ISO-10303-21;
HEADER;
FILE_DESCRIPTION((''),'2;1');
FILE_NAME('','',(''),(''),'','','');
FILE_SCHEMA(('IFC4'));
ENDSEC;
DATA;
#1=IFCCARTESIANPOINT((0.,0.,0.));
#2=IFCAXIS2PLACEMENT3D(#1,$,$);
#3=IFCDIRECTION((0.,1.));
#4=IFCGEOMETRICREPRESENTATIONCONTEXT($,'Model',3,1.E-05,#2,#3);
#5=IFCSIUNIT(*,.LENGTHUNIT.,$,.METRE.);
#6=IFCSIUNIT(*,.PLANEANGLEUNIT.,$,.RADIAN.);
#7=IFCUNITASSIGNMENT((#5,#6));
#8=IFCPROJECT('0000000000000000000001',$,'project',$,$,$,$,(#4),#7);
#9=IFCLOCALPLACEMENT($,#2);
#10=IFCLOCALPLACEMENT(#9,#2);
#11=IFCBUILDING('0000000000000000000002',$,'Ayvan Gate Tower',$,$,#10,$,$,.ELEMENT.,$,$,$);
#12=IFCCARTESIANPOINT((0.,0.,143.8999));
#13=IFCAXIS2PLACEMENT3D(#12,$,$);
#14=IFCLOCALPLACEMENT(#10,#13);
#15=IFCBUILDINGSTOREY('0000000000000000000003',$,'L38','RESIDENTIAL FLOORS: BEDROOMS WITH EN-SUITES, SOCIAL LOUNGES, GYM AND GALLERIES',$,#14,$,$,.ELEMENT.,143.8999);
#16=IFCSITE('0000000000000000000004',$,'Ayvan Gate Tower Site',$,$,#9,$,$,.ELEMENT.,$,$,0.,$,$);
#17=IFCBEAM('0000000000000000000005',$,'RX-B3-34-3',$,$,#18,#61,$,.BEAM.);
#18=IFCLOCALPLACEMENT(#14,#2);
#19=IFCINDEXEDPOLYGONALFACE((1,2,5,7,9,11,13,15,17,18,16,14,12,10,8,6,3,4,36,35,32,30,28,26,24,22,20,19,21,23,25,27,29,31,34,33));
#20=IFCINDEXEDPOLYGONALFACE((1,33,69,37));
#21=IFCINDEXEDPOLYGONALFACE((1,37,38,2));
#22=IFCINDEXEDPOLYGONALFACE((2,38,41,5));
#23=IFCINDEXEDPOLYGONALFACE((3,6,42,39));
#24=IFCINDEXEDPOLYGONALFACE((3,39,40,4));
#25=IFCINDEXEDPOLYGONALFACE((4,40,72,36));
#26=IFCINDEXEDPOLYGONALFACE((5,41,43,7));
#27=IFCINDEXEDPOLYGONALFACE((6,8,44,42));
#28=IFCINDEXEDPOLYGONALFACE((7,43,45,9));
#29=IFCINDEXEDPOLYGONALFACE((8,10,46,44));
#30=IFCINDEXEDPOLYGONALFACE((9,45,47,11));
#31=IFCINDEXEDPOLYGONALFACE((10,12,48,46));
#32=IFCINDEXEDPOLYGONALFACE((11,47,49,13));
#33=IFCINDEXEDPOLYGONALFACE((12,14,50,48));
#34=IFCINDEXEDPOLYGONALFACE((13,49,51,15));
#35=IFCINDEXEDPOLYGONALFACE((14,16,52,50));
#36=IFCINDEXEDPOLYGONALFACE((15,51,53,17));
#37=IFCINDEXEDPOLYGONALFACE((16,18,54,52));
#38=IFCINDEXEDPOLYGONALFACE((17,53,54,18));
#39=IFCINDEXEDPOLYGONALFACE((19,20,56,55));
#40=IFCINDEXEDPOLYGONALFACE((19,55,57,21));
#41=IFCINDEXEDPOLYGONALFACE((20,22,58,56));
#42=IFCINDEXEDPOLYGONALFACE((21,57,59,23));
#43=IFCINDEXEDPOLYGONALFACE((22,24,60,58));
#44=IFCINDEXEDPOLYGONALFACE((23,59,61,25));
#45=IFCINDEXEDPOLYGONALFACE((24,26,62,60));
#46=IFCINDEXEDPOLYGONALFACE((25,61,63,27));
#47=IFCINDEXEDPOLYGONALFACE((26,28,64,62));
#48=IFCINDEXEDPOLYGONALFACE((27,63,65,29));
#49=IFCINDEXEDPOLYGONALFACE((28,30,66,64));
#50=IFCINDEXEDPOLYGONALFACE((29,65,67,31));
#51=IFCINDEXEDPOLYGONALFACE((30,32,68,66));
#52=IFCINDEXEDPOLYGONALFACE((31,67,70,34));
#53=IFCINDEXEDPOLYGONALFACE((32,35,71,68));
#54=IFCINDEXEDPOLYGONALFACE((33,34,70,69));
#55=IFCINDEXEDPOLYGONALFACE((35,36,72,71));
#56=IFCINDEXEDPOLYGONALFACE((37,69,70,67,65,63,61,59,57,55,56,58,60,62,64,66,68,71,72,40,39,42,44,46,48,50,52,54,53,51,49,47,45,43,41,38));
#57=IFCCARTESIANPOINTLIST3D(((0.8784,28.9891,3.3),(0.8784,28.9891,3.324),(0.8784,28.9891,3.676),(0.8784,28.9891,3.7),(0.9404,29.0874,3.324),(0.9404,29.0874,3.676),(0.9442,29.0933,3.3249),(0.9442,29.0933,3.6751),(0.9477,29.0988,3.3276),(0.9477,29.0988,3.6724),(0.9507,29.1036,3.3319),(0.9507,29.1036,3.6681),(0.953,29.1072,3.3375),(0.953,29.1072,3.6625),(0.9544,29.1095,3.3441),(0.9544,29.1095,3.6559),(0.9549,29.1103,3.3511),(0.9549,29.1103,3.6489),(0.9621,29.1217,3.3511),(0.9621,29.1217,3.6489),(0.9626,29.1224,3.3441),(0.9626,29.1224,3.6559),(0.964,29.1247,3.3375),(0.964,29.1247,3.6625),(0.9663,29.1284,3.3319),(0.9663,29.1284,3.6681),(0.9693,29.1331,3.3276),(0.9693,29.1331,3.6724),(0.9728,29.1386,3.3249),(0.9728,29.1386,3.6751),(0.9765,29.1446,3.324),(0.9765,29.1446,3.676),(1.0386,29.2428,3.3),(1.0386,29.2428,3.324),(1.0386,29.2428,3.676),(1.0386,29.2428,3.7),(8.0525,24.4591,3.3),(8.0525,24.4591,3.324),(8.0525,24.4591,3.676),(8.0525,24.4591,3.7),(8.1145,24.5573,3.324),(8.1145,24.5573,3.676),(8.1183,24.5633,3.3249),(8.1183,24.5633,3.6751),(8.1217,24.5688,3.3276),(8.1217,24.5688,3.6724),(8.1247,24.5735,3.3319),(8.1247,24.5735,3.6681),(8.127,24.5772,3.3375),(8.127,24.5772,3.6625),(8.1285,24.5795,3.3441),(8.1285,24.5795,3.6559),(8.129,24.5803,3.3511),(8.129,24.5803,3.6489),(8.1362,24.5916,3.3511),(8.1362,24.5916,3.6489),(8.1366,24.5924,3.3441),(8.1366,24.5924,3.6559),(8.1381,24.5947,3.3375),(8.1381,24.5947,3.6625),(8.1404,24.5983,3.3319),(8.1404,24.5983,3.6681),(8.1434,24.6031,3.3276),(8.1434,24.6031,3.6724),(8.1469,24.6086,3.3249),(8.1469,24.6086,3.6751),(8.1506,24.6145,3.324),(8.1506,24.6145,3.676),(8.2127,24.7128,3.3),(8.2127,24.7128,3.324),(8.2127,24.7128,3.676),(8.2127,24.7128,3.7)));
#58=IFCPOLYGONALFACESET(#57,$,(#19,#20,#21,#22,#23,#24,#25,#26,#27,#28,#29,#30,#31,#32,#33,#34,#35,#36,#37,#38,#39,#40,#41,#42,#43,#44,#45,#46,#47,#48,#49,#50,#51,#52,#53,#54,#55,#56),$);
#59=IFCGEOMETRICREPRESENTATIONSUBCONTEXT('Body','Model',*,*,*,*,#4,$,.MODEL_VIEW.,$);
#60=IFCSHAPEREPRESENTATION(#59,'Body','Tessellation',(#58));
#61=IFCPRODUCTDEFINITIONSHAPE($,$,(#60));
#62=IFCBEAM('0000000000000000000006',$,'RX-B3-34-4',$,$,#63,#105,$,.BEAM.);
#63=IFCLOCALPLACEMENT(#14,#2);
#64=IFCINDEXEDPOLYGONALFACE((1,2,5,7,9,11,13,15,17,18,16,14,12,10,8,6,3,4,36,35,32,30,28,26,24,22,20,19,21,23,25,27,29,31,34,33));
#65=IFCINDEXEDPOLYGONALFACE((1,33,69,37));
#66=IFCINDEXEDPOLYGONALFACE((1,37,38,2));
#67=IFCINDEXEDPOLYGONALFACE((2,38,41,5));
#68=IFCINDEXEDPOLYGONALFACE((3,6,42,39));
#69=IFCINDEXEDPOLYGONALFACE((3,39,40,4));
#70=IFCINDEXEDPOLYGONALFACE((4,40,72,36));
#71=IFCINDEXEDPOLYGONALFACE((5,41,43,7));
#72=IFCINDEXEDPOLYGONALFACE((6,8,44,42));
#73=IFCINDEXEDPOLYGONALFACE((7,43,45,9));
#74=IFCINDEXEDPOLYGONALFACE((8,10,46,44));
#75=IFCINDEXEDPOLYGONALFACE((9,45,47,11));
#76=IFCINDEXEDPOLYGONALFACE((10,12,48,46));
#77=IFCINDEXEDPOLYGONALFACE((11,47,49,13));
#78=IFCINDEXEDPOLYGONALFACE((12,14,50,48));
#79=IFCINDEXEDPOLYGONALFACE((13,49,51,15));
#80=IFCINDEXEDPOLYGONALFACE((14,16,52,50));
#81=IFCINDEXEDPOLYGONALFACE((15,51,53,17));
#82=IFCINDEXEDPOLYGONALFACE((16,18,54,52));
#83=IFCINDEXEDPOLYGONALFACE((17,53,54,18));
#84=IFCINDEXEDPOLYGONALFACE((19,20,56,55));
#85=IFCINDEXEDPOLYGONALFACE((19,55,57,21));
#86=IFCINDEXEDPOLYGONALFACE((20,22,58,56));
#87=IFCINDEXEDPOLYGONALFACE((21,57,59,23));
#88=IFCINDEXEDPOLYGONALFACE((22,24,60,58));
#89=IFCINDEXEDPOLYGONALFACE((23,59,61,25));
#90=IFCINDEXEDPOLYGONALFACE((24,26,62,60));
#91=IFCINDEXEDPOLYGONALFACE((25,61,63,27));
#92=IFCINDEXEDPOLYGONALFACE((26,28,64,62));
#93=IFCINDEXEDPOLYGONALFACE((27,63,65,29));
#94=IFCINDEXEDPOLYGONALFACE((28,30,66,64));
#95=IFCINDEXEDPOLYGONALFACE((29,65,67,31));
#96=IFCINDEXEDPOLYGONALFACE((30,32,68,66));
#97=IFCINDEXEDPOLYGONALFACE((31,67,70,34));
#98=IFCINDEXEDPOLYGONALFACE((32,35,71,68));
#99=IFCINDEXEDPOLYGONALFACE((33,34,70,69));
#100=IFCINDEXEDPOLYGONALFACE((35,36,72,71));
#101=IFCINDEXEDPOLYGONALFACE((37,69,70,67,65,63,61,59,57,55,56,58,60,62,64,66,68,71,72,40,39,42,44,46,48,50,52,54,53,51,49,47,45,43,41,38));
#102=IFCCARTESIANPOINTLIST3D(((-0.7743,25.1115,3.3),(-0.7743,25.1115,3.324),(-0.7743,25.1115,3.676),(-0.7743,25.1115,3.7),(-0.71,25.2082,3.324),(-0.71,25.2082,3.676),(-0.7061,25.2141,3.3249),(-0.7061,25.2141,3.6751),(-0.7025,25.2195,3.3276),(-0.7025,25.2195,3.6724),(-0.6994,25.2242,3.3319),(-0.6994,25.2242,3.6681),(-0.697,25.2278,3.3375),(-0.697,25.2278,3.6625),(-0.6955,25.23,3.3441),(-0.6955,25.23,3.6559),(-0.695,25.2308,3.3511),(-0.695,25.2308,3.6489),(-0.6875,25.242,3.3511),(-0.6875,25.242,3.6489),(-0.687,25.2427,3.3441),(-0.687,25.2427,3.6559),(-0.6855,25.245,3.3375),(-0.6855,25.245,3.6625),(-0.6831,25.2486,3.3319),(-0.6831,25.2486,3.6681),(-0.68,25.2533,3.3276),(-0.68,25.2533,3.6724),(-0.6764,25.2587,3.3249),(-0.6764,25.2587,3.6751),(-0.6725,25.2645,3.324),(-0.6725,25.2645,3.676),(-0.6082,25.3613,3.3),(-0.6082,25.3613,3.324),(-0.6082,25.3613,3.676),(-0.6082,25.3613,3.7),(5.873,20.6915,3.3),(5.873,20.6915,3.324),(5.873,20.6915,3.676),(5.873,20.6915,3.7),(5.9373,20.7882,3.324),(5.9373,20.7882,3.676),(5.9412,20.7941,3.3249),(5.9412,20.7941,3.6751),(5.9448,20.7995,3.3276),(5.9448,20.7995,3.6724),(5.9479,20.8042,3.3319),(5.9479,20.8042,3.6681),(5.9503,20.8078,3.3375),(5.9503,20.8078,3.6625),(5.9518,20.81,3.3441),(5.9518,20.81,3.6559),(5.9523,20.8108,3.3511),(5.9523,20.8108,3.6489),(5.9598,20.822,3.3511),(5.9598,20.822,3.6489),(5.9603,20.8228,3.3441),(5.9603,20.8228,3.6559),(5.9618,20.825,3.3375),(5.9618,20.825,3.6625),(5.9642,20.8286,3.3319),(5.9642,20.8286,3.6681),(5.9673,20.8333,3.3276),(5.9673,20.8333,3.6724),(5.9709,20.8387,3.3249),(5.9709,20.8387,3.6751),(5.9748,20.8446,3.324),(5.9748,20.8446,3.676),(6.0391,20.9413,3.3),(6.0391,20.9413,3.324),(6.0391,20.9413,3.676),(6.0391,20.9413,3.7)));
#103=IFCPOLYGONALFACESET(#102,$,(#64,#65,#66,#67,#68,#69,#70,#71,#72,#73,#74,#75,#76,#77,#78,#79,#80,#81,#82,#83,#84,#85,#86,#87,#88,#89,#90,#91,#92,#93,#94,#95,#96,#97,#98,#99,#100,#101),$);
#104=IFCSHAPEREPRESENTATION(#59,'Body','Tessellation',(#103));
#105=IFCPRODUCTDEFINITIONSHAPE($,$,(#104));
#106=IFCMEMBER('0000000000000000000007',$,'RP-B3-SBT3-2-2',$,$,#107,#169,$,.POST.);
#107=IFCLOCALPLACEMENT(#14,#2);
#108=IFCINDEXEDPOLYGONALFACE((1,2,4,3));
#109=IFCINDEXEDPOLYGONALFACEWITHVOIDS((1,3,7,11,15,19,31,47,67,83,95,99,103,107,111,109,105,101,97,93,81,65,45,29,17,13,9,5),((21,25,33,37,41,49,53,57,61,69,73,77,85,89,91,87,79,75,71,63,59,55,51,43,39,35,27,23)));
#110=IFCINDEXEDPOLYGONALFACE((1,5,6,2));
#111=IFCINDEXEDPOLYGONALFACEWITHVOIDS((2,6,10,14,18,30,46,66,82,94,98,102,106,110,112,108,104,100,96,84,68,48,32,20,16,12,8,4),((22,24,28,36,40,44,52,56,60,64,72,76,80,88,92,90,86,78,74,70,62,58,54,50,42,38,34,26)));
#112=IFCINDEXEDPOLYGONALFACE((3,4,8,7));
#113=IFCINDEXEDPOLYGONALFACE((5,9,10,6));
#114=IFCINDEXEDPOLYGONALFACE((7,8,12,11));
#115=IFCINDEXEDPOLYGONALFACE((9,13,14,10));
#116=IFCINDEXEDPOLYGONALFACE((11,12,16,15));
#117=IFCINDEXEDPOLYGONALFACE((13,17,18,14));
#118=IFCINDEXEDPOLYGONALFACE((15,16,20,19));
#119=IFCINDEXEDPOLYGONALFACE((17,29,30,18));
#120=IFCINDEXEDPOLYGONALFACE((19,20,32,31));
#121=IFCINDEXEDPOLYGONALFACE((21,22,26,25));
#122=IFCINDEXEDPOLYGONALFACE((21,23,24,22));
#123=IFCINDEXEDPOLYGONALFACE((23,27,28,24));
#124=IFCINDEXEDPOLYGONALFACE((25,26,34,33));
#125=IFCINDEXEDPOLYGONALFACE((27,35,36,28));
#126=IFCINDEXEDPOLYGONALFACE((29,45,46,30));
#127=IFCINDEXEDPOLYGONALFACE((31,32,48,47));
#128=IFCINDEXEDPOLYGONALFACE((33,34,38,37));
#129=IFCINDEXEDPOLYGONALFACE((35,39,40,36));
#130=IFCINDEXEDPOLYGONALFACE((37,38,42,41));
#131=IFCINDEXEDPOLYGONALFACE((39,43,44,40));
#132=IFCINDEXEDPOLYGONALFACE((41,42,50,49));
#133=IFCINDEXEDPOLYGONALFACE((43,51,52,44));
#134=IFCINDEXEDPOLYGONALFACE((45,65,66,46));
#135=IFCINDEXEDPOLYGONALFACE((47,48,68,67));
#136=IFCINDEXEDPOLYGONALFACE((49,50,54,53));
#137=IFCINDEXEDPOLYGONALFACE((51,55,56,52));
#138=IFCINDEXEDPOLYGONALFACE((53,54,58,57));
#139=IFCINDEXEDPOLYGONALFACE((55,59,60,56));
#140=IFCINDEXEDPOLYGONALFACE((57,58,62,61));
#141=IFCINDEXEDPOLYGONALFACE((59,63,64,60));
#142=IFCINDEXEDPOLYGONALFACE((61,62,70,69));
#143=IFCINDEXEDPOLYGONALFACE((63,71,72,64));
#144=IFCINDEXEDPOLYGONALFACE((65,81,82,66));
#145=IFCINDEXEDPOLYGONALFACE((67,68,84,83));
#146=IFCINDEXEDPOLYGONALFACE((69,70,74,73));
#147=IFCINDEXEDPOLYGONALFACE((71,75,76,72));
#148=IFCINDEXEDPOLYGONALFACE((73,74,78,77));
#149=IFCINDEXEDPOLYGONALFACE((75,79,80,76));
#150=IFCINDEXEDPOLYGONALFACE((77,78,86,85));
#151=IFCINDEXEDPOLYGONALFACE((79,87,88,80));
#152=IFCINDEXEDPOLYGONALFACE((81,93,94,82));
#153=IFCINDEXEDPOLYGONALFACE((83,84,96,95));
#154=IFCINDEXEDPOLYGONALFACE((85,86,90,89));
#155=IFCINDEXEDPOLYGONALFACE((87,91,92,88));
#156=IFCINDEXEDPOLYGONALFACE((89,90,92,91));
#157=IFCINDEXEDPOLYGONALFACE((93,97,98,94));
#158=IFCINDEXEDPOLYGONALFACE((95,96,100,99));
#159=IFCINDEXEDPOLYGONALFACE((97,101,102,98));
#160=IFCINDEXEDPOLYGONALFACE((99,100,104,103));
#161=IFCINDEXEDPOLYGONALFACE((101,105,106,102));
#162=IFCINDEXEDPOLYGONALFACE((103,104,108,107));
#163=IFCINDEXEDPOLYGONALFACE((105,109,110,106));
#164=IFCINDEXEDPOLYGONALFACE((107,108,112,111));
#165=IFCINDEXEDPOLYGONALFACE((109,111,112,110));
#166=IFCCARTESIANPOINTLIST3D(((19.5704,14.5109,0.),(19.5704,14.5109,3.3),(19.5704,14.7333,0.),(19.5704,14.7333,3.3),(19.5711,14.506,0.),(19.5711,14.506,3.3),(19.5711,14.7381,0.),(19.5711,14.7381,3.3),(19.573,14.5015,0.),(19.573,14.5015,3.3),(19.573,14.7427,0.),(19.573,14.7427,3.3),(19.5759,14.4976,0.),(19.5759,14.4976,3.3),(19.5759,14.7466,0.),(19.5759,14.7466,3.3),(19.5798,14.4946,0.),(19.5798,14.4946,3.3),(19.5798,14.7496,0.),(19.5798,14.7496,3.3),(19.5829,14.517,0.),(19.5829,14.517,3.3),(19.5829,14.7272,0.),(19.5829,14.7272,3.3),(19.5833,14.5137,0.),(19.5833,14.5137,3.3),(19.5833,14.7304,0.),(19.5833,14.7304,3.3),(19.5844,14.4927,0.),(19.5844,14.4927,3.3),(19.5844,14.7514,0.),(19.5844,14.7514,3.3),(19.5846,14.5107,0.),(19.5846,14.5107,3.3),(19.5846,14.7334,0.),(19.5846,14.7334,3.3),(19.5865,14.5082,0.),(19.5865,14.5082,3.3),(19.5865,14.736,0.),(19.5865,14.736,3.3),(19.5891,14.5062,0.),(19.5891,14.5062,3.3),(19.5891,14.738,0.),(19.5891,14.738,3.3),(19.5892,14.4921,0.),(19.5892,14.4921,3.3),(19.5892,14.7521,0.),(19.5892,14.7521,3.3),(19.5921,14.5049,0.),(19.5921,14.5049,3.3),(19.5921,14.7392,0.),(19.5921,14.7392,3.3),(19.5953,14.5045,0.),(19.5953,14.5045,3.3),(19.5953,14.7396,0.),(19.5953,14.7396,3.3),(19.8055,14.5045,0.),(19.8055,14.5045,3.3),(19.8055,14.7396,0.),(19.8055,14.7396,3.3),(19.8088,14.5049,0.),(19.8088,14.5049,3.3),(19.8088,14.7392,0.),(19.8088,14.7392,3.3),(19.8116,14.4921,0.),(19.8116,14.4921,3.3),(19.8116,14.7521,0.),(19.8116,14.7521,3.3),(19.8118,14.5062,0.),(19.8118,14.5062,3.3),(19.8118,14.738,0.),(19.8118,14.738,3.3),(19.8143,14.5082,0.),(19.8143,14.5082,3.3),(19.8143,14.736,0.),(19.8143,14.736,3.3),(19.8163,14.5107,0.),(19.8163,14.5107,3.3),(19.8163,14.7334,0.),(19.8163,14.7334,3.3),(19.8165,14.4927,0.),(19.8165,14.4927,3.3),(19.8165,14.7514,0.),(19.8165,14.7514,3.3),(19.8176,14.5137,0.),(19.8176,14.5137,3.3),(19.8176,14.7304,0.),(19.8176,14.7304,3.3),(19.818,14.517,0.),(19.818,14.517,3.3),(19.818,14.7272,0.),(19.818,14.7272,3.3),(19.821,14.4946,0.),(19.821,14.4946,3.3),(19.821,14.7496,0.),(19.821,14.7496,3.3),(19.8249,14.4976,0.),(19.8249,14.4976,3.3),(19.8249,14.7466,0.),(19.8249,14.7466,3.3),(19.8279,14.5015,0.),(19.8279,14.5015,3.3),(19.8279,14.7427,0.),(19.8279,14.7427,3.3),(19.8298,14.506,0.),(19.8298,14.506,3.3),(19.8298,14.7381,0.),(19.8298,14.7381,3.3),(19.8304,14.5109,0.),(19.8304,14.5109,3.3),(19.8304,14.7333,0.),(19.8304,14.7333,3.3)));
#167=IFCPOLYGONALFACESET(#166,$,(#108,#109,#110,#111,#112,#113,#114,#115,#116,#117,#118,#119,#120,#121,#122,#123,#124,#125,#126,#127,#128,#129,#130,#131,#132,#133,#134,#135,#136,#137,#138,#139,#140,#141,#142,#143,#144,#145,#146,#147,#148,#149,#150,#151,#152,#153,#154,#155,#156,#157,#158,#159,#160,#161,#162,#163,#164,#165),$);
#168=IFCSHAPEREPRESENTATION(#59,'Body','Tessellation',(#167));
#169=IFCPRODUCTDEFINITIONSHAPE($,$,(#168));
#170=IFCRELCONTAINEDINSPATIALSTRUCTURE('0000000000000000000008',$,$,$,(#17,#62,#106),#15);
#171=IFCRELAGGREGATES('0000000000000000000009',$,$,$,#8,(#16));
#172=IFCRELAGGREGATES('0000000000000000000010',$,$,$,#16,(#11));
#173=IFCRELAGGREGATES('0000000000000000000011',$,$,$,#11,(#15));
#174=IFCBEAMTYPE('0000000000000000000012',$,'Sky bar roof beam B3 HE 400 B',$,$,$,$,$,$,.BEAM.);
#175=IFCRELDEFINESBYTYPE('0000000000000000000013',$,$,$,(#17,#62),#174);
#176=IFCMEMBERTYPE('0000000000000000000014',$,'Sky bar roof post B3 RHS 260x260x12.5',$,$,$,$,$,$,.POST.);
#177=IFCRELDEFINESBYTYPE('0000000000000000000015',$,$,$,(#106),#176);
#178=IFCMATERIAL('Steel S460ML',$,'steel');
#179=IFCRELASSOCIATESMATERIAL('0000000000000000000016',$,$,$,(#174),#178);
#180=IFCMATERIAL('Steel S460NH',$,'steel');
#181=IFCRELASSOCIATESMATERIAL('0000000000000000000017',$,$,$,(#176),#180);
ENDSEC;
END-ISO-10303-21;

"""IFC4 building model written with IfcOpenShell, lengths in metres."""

from ifc_helpers import new_model, si_unit, direction, frame, origin, origin_2d, place, context, subcontext, project, spatial, hollow_rectangle, i_section, extrude, material, material_profile, profile_set, type_object, element, save


model = new_model("IFC4")

# Units and contexts
model_context = context("Model", 3, precision=1e-05, world=origin(), true_north=direction((0.0, 1.0)))
body_context = subcontext(model_context, "Body", "Model", "MODEL_VIEW")
ifc_project = project(units=[si_unit("LENGTHUNIT", "METRE"), si_unit("PLANEANGLEUNIT", "RADIAN")], contexts=[model_context])

# Site, building, storey
site_placement = place(None, origin())
site = spatial("IfcSite", under=ifc_project, at=site_placement, Name="Ayvan Gate Tower Site", CompositionType="ELEMENT", RefElevation=0.0)
building_placement = place(site_placement, origin())
building = spatial("IfcBuilding", under=site, at=building_placement, Name="Ayvan Gate Tower", CompositionType="ELEMENT")
storey_placement = place(building_placement, frame((0.0, 0.0, 143.8999)))
storey = spatial("IfcBuildingStorey", under=building, at=storey_placement, Name="L38", Description="RESIDENTIAL FLOORS: BEDROOMS WITH EN-SUITES, SOCIAL LOUNGES, GYM AND GALLERIES", CompositionType="ELEMENT", Elevation=143.8999)

# Beams
ifc_material_1 = material(Name="Steel S460ML", Category="steel")
ifc_material_profile_1 = material_profile(ifc_material_1, i_section(OverallWidth=0.3, OverallDepth=0.3999, WebThickness=0.0134, FlangeThickness=0.0239, FilletRadius=0.0271, at=origin_2d()), Name="HE 400 B")
ifc_profile_set_1 = profile_set([ifc_material_profile_1], Name="Steel S460ML")
beam_type_1 = type_object("IfcBeamType", Name="Sky bar roof beam B3 HE 400 B", PredefinedType="BEAM", material=ifc_profile_set_1)
beam_1_placement = place(storey_placement, frame((8.1326, 24.5859, 3.5), z_axis=(-0.84554, 0.533912, 0.0), x_axis=(-0.533912, -0.84554, 0.0)))
element("IfcBeam", 1, at=beam_1_placement, inside=storey, type_object=beam_type_1, Name="RX-B3-34-3", PredefinedType="BEAM", context=body_context, shape_type="SweptSolid", body=[
    extrude(i_section(OverallWidth=0.3, OverallDepth=0.3999, WebThickness=0.0134, FlangeThickness=0.0239, FilletRadius=0.0271, at=origin_2d()), origin(), (0.0, 0.0, 1.0), 8.4846),
])
beam_2_placement = place(storey_placement, frame((5.9561, 20.8164, 3.5), z_axis=(-0.832718, 0.553698, 0.0), x_axis=(-0.553698, -0.832718, 0.0)))
element("IfcBeam", 2, at=beam_2_placement, inside=storey, type_object=beam_type_1, Name="RX-B3-34-4", PredefinedType="BEAM", context=body_context, shape_type="SweptSolid", body=[
    extrude(i_section(OverallWidth=0.3, OverallDepth=0.3999, WebThickness=0.0134, FlangeThickness=0.0239, FilletRadius=0.0271, at=origin_2d()), origin(), (0.0, 0.0, 1.0), 7.9827),
])

# Member
ifc_material_2 = material(Name="Steel S460NH", Category="steel")
ifc_material_profile_2 = material_profile(ifc_material_2, hollow_rectangle(XDim=0.26, YDim=0.26, WallThickness=0.0125, InnerFilletRadius=0.0125, OuterFilletRadius=0.0188, at=origin_2d()), Name="RHS 260x260x12.5")
ifc_profile_set_2 = profile_set([ifc_material_profile_2], Name="Steel S460NH")
member_type_1 = type_object("IfcMemberType", Name="Sky bar roof post B3 RHS 260x260x12.5", PredefinedType="POST", material=ifc_profile_set_2)
for number, where, z_axis, x_axis, name in (
    (3, (19.7004, 14.6221, 0.0), (0.0, 0.0, 1.0), (1.0, 0.0, 0.0), "RP-B3-SBT3-2-2"),
):
    element("IfcMember", number, at=place(storey_placement, frame(where, z_axis=z_axis, x_axis=x_axis)), inside=storey, type_object=member_type_1, Name=name, PredefinedType="POST", context=body_context, shape_type="SweptSolid", body=[
        extrude(hollow_rectangle(XDim=0.26, YDim=0.26, WallThickness=0.0125, InnerFilletRadius=0.0125, OuterFilletRadius=0.0188, at=origin_2d()), origin(), (0.0, 0.0, 1.0), 3.3),
    ])

save(model, "model.ifc")
